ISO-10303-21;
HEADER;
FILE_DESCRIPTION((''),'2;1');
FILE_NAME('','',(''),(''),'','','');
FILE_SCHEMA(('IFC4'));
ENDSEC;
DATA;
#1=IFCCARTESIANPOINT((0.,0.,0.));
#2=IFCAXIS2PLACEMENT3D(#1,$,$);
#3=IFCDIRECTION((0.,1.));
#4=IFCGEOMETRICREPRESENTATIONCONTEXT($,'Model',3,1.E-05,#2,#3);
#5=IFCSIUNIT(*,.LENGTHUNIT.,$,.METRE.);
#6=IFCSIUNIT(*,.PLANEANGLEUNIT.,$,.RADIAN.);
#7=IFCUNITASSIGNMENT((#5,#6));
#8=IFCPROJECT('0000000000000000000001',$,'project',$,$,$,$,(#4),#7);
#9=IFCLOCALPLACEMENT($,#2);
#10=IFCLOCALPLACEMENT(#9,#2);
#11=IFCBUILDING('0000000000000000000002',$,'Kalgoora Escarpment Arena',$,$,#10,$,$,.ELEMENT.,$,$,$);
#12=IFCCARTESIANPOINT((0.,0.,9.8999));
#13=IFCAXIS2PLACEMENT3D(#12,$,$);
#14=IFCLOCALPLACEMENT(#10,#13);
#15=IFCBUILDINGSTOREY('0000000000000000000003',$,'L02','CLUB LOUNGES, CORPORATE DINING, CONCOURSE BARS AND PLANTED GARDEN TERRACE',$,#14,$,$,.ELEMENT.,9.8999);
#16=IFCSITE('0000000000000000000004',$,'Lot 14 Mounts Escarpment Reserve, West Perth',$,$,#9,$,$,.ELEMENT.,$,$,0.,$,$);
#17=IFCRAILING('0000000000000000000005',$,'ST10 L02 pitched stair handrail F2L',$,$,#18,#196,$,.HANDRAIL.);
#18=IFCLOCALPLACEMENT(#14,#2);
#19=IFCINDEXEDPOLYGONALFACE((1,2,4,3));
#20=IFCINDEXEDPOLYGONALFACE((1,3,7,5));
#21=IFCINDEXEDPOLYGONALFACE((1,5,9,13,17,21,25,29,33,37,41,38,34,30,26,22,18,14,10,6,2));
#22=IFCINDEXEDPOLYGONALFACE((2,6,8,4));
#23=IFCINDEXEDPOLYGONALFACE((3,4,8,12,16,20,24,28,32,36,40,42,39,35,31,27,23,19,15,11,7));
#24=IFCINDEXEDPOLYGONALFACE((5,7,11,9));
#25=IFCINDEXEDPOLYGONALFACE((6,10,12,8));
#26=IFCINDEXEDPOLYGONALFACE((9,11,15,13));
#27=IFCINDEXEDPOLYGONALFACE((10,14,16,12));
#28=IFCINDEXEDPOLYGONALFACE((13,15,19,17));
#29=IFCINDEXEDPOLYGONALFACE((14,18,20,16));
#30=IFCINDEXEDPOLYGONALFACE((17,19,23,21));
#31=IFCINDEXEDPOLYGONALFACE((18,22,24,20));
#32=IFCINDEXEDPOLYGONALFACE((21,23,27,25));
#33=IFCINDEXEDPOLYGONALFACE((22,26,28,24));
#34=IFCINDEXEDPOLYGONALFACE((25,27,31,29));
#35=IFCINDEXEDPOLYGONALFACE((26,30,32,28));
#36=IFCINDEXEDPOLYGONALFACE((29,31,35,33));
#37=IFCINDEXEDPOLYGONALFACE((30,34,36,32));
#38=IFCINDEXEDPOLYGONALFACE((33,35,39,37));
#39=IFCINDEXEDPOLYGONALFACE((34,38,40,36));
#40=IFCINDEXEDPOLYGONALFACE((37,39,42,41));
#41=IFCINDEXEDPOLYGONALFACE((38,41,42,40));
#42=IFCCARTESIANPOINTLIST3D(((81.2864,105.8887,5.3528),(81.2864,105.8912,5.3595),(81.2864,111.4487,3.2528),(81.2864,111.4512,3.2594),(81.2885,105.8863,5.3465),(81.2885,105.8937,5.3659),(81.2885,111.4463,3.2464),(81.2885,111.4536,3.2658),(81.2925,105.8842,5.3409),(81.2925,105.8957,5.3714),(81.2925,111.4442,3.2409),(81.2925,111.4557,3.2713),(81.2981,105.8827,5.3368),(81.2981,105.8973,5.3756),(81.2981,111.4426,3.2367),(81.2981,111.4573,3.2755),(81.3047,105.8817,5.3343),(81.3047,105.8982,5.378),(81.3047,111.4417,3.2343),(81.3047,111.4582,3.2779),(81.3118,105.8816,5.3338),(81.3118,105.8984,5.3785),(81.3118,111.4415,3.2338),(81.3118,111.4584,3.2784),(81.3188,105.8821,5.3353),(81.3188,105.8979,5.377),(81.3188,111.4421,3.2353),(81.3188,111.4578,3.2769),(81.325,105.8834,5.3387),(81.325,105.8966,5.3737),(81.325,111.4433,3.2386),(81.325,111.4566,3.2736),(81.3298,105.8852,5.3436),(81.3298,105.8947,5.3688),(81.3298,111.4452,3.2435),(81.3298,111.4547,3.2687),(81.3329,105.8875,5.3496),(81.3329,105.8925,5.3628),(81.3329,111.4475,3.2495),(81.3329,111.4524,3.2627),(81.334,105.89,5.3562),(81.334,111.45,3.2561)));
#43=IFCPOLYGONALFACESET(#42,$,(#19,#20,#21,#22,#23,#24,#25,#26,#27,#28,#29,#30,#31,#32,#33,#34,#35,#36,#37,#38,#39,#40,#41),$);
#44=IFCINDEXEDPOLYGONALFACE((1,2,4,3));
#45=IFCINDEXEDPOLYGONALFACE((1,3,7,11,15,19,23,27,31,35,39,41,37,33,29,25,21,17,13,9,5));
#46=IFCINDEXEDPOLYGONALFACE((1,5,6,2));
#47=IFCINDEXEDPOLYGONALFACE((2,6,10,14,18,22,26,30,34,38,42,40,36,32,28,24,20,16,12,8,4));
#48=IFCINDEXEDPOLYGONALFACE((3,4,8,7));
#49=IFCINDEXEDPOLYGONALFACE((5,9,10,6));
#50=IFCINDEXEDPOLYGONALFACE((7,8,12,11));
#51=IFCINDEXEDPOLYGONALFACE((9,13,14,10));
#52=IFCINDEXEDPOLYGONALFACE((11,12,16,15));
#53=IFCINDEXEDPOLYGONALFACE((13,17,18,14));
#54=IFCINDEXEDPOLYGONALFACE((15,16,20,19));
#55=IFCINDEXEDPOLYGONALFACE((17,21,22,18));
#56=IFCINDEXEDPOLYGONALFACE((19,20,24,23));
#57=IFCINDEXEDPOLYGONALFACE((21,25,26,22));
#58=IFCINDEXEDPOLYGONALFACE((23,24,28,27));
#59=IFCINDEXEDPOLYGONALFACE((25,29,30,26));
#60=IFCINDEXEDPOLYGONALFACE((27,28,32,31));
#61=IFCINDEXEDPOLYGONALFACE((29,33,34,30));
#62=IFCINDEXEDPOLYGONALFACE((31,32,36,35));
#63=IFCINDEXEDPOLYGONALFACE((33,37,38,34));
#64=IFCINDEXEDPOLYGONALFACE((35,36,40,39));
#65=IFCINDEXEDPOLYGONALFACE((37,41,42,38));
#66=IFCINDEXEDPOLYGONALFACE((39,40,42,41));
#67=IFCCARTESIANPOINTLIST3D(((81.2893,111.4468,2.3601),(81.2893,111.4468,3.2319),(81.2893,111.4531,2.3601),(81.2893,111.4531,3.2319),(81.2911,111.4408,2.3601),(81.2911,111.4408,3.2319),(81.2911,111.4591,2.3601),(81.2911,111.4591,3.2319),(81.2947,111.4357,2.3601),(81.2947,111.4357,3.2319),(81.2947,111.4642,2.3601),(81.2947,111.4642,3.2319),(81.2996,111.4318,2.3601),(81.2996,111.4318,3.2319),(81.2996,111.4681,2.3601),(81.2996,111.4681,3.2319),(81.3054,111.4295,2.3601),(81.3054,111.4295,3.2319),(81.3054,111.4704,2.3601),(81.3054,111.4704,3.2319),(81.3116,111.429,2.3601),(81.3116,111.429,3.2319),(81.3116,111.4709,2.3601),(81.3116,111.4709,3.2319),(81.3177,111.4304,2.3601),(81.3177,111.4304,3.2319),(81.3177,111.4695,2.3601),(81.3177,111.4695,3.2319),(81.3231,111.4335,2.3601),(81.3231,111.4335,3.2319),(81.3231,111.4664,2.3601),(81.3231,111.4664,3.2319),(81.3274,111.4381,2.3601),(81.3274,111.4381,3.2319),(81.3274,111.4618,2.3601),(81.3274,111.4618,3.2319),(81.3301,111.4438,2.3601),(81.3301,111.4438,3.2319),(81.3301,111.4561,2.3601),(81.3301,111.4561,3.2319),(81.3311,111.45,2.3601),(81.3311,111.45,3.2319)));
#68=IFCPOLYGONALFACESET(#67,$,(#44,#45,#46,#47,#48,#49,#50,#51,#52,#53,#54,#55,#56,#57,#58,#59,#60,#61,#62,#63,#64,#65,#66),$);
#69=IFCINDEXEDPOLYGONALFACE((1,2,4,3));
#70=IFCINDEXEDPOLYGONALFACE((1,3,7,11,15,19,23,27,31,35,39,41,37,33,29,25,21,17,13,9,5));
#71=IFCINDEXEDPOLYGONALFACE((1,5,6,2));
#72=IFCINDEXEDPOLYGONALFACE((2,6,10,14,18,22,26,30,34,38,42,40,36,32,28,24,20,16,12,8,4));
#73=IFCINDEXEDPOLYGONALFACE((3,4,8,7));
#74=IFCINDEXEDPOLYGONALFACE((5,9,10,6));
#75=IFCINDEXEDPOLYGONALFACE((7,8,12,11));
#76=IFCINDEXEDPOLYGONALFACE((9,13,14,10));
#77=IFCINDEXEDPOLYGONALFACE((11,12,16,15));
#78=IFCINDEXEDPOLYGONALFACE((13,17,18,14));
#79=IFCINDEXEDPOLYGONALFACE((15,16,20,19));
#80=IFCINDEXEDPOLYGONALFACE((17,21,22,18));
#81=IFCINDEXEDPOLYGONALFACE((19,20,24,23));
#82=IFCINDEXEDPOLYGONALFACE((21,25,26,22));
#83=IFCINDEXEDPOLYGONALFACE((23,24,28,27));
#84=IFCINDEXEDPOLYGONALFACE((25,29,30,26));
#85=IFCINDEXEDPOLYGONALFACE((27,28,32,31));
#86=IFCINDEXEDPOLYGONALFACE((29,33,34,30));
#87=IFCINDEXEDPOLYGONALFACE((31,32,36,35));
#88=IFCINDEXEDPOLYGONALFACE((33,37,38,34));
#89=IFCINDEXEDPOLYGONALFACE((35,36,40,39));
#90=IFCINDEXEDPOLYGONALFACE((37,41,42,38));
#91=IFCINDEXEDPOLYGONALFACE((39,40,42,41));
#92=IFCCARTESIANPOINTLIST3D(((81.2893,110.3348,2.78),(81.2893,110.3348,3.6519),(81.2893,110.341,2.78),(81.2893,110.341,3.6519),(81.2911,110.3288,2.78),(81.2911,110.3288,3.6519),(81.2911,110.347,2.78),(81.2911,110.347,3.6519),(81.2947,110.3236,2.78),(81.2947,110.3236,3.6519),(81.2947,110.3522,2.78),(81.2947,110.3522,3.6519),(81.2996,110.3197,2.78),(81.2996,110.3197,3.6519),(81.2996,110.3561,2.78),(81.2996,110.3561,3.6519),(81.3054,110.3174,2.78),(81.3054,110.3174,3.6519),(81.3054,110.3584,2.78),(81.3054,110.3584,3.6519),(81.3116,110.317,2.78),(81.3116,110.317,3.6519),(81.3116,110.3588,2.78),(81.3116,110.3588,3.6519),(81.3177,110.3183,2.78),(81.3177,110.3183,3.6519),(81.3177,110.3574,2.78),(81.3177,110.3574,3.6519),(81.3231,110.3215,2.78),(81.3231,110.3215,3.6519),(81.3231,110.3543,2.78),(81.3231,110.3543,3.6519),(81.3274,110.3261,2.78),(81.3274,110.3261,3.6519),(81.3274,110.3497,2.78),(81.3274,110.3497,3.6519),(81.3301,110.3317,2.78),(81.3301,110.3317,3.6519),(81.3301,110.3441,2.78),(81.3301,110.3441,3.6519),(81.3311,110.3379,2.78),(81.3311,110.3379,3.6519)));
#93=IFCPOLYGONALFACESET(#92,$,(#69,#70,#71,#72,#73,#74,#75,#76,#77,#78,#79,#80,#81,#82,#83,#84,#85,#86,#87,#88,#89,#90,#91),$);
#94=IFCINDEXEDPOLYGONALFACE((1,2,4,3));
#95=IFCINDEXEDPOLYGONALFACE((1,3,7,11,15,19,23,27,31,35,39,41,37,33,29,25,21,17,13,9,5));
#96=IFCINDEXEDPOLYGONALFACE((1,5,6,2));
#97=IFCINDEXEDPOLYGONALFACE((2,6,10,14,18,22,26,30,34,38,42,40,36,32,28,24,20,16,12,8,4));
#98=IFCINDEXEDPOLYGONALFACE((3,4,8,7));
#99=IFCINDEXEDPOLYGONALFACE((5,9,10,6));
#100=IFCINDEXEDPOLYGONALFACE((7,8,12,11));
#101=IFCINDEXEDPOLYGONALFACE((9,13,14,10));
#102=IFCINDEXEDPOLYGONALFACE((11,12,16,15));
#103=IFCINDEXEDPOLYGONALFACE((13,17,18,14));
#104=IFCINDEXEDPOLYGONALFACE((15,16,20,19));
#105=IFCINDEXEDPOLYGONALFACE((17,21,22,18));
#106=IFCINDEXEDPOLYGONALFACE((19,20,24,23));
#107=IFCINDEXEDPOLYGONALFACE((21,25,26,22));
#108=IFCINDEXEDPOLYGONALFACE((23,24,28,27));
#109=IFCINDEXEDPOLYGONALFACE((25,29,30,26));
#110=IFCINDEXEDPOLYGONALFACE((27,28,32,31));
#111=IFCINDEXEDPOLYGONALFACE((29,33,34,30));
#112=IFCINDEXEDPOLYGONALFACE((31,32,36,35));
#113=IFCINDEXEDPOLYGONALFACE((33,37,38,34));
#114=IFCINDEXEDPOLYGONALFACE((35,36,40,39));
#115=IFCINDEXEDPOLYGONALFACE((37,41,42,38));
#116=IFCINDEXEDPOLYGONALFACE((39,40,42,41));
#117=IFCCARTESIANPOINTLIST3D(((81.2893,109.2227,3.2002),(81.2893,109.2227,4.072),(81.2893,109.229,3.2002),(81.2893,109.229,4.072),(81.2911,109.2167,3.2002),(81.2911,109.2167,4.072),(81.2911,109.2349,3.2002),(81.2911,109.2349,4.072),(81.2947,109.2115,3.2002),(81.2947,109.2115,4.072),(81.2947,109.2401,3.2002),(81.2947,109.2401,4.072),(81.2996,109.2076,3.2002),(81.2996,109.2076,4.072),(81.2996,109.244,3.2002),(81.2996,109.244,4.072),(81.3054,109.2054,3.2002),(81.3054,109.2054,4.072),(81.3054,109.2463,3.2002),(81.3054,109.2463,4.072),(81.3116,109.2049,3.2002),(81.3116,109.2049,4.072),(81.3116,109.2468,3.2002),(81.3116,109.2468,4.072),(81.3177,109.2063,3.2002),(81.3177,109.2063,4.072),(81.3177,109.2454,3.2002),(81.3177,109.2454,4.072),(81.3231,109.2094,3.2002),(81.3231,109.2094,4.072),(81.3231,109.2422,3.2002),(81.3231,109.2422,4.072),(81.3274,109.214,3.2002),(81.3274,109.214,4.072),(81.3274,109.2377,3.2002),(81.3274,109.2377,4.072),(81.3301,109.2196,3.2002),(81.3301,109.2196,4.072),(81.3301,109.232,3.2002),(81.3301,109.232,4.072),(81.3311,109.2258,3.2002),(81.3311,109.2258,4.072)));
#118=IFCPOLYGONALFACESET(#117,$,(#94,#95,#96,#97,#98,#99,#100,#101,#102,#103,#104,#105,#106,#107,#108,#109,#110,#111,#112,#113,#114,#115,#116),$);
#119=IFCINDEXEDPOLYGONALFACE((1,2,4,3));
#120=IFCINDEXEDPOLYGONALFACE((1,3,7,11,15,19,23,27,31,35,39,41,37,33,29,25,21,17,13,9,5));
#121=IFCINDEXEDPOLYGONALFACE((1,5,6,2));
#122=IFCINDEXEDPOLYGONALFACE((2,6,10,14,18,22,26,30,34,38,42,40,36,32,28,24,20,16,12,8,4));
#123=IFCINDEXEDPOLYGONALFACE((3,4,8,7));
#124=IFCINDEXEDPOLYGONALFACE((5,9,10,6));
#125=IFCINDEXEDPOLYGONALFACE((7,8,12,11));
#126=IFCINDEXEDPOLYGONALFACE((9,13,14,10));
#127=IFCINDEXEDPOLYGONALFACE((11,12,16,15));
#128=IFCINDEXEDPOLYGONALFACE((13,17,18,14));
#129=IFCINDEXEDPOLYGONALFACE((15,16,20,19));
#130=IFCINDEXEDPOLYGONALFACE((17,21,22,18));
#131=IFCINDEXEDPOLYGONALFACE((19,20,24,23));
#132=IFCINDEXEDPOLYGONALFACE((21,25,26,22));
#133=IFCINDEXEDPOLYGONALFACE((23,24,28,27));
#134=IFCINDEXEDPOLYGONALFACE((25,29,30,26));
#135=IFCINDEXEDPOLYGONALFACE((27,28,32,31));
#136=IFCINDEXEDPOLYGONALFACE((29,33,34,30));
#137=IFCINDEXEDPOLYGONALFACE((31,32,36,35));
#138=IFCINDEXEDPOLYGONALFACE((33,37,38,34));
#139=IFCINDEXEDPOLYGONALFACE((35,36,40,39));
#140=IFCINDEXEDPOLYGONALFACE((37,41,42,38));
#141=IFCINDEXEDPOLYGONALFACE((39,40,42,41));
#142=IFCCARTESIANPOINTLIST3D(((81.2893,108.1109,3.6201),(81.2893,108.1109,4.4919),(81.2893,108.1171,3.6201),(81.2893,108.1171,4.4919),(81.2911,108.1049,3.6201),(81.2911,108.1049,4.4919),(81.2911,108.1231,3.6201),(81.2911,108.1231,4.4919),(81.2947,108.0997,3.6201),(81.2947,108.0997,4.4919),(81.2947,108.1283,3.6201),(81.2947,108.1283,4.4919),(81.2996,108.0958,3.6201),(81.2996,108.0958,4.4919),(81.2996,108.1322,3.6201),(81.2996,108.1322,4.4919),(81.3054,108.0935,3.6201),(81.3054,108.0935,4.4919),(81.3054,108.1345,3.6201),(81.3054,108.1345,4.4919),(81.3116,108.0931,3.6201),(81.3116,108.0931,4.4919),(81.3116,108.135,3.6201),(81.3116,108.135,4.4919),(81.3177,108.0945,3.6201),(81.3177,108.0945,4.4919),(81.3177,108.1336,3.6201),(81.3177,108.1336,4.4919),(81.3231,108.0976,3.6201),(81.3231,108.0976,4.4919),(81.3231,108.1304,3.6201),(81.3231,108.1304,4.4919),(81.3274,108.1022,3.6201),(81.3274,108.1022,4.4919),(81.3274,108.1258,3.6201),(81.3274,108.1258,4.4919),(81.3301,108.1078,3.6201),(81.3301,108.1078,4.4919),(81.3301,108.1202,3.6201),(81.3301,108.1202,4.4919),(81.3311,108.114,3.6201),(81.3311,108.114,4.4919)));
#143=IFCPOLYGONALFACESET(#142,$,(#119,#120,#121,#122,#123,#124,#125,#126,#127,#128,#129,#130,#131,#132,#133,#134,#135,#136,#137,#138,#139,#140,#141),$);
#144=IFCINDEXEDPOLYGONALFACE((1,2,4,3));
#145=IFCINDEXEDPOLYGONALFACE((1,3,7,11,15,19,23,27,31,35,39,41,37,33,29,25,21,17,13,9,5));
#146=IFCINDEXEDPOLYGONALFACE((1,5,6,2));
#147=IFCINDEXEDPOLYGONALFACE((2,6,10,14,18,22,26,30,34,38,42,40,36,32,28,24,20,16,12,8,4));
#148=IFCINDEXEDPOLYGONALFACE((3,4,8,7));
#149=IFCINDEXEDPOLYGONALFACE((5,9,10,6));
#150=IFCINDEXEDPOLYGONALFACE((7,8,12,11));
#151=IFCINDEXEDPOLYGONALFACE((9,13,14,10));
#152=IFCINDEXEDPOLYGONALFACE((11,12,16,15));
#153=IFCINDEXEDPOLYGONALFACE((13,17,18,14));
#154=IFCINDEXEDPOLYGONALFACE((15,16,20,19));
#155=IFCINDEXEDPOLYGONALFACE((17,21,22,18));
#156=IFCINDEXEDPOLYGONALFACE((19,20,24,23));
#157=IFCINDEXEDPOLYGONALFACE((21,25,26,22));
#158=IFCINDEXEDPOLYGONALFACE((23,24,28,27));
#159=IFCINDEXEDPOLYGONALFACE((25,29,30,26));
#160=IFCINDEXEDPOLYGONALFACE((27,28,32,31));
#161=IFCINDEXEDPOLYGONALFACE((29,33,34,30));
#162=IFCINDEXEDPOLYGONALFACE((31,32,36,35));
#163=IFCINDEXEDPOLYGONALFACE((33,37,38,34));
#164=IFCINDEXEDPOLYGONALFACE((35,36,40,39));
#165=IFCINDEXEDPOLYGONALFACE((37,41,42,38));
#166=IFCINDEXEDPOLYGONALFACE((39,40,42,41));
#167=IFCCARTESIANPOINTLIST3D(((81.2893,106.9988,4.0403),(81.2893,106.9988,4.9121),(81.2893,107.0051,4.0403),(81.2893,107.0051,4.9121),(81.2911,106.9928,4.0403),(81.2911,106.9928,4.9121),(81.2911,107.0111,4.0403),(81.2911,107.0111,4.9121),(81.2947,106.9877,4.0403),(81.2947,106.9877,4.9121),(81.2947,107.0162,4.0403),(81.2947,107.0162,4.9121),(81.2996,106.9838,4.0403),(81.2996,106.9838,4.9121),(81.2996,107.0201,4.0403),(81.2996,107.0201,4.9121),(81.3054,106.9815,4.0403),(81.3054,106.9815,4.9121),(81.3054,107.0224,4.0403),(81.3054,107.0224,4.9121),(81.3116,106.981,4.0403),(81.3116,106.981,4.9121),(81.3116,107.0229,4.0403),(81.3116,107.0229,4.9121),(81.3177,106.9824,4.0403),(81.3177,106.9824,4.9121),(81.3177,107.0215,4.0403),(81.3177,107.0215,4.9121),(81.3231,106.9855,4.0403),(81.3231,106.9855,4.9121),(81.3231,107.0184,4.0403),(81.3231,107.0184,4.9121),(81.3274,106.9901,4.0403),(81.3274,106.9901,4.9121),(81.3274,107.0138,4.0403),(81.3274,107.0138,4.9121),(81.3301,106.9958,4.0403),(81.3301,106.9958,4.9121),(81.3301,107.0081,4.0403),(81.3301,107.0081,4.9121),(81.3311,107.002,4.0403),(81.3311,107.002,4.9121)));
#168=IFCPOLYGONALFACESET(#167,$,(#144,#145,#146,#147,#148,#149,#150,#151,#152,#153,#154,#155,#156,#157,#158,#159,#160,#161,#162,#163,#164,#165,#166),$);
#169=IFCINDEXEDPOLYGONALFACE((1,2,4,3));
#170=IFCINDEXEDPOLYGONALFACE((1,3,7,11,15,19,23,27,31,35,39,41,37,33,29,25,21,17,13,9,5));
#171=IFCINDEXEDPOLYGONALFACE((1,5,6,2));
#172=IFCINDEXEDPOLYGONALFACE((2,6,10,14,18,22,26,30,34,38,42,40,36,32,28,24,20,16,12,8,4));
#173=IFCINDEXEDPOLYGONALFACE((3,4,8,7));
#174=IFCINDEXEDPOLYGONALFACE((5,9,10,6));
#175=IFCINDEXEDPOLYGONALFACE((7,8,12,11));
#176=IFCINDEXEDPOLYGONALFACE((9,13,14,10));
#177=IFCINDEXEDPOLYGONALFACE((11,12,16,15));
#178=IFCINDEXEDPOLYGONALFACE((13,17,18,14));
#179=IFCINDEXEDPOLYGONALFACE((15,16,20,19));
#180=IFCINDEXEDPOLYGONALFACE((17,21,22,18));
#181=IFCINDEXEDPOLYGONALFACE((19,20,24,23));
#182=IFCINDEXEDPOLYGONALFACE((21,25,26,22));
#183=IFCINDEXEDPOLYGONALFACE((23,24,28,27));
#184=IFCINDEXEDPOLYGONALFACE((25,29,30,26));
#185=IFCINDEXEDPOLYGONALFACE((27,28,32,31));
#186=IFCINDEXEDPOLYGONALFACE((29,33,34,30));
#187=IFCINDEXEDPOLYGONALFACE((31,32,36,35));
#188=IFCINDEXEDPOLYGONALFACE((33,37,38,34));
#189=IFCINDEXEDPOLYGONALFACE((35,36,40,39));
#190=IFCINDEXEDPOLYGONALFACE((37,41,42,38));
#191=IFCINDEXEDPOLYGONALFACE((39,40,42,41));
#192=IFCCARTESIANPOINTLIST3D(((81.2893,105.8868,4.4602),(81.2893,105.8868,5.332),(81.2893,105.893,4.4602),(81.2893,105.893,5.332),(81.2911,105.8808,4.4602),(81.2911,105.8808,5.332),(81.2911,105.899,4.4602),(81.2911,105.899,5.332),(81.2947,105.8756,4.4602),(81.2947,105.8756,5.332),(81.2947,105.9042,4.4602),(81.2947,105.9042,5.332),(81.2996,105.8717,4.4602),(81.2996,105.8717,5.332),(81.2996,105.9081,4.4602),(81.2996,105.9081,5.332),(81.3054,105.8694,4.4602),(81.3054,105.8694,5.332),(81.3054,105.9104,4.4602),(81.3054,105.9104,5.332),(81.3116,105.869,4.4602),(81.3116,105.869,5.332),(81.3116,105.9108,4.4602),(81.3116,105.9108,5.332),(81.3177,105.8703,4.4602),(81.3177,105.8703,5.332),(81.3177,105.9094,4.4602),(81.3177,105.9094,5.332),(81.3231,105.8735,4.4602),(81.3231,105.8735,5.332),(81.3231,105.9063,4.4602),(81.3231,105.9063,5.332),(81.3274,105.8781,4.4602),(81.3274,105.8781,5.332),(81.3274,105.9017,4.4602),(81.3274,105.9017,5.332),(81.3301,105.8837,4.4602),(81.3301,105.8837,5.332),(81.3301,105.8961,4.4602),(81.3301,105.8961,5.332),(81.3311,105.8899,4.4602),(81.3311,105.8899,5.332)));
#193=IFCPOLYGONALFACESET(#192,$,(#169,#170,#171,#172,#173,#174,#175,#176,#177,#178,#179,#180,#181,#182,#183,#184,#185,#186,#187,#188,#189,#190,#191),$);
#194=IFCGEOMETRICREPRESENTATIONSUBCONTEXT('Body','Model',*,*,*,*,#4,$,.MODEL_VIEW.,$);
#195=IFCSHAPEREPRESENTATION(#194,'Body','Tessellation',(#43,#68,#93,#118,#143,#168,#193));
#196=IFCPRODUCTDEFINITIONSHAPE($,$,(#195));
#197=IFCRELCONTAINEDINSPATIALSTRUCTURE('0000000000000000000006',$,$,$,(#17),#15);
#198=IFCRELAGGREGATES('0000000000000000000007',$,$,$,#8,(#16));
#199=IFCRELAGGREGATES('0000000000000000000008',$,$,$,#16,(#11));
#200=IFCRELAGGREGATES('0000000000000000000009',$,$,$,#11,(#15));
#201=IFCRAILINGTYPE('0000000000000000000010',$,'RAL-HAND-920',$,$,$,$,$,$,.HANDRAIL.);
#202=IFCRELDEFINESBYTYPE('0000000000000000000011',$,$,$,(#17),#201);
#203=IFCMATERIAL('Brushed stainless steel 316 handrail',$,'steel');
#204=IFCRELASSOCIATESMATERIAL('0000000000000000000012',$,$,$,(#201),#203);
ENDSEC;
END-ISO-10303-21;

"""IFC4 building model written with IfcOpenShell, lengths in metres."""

from ifc_helpers import new_model, si_unit, direction, frame, origin, origin_2d, place, context, subcontext, project, spatial, circle, extrude, material, type_object, element, save


model = new_model("IFC4")

# Units and contexts
model_context = context("Model", 3, precision=1e-05, world=origin(), true_north=direction((0.0, 1.0)))
body_context = subcontext(model_context, "Body", "Model", "MODEL_VIEW")
ifc_project = project(units=[si_unit("LENGTHUNIT", "METRE"), si_unit("PLANEANGLEUNIT", "RADIAN")], contexts=[model_context])

# Site, building, storey
site_placement = place(None, origin())
site = spatial("IfcSite", under=ifc_project, at=site_placement, Name="Lot 14 Mounts Escarpment Reserve, West Perth", CompositionType="ELEMENT", RefElevation=0.0)
building_placement = place(site_placement, origin())
building = spatial("IfcBuilding", under=site, at=building_placement, Name="Kalgoora Escarpment Arena", CompositionType="ELEMENT")
storey_placement = place(building_placement, frame((0.0, 0.0, 9.8999)))
storey = spatial("IfcBuildingStorey", under=building, at=storey_placement, Name="L02", Description="CLUB LOUNGES, CORPORATE DINING, CONCOURSE BARS AND PLANTED GARDEN TERRACE", CompositionType="ELEMENT", Elevation=9.8999)

# Railing
ifc_material_1 = material(Name="Brushed stainless steel 316 handrail", Category="steel")
railing_type_1 = type_object("IfcRailingType", Name="RAL-HAND-920", PredefinedType="HANDRAIL", material=ifc_material_1)
for number, where, name in (
    (1, (81.3101, 111.45, 2.3601), "ST10 L02 pitched stair handrail F2L"),
):
    element("IfcRailing", number, at=place(storey_placement, frame(where)), inside=storey, type_object=railing_type_1, Name=name, PredefinedType="HANDRAIL", context=body_context, shape_type="SweptSolid", body=[
        extrude(circle(Radius=0.0239, at=origin_2d()), frame((0.0, 0.0, 0.896), z_axis=(0.0, -0.935493, 0.353346), x_axis=(1.0, 0.0, 0.0)), (0.0, 0.0, 1.0), 5.9434),
        extrude(circle(Radius=0.021, at=origin_2d()), origin(), (0.0, 0.0, 1.0), 0.8718),
        extrude(circle(Radius=0.021, at=origin_2d()), frame((0.0, -1.1121, 0.4199)), (0.0, 0.0, 1.0), 0.8718),
        extrude(circle(Radius=0.021, at=origin_2d()), frame((0.0, -2.2241, 0.8401)), (0.0, 0.0, 1.0), 0.8718),
        extrude(circle(Radius=0.021, at=origin_2d()), frame((0.0, -3.3359, 1.26)), (0.0, 0.0, 1.0), 0.8718),
        extrude(circle(Radius=0.021, at=origin_2d()), frame((0.0, -4.448, 1.6802)), (0.0, 0.0, 1.0), 0.8718),
        extrude(circle(Radius=0.021, at=origin_2d()), frame((0.0, -5.5601, 2.1001)), (0.0, 0.0, 1.0), 0.8718),
    ])

save(model, "model.ifc")
